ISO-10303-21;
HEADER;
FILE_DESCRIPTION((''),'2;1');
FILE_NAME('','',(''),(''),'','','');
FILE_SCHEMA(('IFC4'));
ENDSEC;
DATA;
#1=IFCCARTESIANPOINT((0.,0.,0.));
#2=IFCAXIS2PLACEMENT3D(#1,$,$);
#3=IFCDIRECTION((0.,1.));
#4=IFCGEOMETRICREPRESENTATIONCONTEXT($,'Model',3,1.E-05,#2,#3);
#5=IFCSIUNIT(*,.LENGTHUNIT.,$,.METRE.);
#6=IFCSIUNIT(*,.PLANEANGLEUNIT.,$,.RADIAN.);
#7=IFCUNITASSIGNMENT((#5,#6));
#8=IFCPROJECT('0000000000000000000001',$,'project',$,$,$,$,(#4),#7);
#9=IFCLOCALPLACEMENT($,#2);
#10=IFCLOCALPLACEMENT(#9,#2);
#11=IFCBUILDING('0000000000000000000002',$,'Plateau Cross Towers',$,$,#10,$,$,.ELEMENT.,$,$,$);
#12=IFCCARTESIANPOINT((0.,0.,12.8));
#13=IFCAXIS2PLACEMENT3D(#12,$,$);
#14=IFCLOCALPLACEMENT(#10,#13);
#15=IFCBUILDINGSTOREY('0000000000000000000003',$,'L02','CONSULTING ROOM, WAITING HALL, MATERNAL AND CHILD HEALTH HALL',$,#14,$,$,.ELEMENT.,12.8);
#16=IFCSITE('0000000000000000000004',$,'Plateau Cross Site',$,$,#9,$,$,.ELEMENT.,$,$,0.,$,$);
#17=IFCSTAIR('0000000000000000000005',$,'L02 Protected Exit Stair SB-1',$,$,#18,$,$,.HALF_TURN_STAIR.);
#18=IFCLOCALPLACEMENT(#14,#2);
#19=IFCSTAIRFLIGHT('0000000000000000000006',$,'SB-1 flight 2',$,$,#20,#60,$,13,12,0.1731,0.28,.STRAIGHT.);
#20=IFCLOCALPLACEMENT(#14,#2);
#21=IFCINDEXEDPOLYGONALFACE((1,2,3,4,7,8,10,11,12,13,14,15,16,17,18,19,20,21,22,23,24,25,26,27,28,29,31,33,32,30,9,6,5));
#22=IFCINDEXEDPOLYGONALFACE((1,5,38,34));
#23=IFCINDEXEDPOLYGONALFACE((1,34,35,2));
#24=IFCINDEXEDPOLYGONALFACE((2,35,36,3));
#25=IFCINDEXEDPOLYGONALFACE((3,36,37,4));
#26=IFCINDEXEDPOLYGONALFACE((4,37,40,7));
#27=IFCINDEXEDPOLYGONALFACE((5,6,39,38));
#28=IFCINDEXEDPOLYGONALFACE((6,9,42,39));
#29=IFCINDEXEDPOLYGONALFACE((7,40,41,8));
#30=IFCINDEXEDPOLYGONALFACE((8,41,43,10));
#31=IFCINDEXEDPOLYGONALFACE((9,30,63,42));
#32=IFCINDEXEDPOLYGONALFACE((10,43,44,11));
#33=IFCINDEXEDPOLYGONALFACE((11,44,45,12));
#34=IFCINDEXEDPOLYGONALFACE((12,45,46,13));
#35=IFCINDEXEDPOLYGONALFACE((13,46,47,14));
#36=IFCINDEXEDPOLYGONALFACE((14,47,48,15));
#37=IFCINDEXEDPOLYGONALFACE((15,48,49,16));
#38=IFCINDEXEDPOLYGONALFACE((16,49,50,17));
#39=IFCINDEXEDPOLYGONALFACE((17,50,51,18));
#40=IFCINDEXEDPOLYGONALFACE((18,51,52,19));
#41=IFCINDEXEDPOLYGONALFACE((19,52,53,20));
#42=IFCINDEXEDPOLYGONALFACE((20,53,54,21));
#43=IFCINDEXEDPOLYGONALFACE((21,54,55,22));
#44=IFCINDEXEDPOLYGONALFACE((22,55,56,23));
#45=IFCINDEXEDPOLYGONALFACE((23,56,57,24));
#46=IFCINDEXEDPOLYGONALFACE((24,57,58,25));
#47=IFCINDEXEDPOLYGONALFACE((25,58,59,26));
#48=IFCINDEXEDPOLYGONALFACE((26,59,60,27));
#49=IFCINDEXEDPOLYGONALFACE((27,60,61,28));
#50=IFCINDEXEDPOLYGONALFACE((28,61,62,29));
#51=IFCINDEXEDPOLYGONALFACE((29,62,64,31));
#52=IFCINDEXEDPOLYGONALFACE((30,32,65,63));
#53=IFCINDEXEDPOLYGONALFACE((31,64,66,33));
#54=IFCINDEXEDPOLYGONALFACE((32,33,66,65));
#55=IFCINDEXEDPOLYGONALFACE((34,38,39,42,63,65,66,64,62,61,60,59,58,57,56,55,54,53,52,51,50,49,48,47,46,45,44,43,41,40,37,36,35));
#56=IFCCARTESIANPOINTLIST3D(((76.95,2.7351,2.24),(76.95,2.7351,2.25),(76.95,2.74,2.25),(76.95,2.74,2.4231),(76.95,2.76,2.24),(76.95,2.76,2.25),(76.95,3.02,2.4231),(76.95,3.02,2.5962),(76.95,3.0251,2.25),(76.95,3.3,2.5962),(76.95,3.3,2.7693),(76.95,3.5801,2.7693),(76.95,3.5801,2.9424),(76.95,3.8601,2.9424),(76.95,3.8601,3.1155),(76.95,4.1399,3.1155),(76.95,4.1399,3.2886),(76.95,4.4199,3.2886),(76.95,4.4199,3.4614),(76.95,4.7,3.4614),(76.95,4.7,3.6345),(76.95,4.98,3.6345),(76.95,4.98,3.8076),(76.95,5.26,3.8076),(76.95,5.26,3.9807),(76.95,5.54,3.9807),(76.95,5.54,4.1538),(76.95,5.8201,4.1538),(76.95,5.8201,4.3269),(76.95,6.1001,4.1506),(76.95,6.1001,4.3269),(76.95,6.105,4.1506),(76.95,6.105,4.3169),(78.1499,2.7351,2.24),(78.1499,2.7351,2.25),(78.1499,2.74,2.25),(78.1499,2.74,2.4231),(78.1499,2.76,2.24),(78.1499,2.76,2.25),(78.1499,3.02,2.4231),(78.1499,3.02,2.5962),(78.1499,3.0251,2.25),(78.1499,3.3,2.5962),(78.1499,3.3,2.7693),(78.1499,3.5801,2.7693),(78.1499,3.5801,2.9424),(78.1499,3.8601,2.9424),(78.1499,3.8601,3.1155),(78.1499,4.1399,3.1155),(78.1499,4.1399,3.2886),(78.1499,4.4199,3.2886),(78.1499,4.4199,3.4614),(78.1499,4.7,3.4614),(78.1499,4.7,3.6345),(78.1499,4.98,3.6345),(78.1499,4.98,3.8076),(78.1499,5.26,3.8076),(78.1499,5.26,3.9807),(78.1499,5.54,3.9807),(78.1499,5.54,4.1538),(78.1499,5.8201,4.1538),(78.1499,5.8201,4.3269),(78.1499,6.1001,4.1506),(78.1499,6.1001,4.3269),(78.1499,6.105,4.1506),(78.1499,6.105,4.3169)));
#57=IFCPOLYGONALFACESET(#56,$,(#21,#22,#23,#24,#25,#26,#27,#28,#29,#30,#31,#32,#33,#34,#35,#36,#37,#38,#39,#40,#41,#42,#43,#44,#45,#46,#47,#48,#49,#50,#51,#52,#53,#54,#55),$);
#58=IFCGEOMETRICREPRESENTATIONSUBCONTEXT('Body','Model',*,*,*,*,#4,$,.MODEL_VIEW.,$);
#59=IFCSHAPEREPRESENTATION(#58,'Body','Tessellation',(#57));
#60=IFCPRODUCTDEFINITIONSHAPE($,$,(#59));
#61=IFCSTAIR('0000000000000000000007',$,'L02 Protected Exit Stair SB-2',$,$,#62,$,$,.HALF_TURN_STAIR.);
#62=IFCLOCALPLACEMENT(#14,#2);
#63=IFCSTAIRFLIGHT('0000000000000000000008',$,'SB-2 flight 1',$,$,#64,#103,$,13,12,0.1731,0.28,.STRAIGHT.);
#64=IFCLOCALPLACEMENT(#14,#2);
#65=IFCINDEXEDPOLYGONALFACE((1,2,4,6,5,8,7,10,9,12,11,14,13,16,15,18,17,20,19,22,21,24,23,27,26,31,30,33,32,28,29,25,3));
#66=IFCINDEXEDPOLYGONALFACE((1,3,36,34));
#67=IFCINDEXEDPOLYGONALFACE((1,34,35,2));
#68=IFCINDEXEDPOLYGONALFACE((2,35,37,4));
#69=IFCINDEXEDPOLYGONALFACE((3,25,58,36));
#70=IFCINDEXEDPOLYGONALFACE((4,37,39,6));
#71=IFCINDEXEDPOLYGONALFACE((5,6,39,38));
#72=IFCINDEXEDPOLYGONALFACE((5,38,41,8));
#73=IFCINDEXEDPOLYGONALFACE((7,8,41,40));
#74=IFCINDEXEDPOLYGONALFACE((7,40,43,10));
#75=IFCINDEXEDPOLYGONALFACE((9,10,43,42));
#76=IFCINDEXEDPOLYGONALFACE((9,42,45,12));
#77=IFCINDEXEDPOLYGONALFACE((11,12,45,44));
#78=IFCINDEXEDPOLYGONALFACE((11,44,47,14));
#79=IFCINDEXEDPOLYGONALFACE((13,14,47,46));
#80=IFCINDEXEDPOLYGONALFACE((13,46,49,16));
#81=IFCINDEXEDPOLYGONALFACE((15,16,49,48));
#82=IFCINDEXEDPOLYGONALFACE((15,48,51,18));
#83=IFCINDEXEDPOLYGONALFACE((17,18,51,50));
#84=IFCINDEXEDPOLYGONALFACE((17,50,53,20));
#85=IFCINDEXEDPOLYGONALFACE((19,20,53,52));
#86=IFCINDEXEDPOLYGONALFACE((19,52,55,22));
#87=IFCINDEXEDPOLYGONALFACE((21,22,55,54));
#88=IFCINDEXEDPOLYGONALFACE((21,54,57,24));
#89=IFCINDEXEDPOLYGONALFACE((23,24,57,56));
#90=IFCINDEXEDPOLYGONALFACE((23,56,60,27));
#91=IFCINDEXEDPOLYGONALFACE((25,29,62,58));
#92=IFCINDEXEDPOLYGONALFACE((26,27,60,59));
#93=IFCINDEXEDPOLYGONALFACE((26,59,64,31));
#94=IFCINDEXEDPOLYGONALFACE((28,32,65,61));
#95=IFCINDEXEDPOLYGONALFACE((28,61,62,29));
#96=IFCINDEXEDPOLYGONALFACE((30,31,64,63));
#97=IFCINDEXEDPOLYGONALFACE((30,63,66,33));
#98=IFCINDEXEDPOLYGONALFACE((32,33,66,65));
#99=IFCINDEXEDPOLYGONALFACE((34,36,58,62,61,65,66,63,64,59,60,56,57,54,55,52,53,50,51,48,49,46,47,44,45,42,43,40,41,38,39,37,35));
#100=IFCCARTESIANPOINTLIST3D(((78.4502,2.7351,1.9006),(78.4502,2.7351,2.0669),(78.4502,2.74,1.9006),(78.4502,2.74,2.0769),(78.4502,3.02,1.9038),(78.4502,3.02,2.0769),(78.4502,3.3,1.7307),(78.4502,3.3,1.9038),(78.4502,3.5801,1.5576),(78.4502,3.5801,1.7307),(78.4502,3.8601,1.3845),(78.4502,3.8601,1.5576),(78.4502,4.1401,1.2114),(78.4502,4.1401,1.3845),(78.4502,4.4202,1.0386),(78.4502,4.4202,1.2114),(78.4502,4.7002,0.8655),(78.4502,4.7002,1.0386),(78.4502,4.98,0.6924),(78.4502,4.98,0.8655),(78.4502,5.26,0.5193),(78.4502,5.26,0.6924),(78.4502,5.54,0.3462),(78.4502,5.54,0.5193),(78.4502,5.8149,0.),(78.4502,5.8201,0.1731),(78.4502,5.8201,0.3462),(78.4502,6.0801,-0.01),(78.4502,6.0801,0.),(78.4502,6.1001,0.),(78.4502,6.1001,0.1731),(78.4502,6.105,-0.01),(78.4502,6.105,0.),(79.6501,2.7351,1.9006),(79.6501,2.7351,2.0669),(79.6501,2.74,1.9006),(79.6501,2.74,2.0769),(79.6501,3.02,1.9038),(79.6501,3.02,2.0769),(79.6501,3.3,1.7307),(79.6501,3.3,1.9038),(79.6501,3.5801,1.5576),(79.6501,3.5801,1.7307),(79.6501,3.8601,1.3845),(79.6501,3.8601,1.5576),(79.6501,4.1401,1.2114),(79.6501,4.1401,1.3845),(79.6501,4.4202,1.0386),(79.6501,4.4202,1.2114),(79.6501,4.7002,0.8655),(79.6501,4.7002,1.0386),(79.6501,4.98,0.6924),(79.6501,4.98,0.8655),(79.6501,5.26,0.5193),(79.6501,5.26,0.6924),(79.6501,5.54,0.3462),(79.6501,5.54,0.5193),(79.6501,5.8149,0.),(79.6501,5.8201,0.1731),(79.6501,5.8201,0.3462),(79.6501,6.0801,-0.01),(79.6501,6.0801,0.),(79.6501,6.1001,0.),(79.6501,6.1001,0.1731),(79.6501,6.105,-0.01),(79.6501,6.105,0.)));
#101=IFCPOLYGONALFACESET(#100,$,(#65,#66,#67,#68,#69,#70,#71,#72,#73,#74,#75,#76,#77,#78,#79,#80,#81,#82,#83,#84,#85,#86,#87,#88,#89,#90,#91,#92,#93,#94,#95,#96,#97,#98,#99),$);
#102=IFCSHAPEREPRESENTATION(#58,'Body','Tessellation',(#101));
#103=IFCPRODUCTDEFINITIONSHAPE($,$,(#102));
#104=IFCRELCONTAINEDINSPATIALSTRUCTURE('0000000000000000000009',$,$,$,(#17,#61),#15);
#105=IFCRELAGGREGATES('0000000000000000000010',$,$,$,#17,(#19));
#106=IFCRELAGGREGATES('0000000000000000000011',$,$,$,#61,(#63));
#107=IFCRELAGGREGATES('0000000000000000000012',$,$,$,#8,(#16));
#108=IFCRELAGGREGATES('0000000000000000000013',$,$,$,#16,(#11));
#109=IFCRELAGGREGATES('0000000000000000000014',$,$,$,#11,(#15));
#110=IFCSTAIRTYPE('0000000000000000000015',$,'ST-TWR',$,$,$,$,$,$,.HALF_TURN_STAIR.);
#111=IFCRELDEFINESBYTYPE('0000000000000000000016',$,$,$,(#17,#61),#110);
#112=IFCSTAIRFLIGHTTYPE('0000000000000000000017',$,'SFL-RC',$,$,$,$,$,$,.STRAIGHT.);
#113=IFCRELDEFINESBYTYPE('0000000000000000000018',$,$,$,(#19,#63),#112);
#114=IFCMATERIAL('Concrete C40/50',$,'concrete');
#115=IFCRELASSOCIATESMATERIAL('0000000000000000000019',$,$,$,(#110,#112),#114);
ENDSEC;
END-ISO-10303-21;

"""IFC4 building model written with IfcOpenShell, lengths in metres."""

from ifc_helpers import new_model, si_unit, direction, frame, origin, place, context, subcontext, project, spatial, polyline, outline, extrude, material, type_object, element, aggregate, save


model = new_model("IFC4")

# Units and contexts
model_context = context("Model", 3, precision=1e-05, world=origin(), true_north=direction((0.0, 1.0)))
body_context = subcontext(model_context, "Body", "Model", "MODEL_VIEW")
ifc_project = project(units=[si_unit("LENGTHUNIT", "METRE"), si_unit("PLANEANGLEUNIT", "RADIAN")], contexts=[model_context])

# Site, building, storey
site_placement = place(None, origin())
site = spatial("IfcSite", under=ifc_project, at=site_placement, Name="Plateau Cross Site", CompositionType="ELEMENT", RefElevation=0.0)
building_placement = place(site_placement, origin())
building = spatial("IfcBuilding", under=site, at=building_placement, Name="Plateau Cross Towers", CompositionType="ELEMENT")
storey_placement = place(building_placement, frame((0.0, 0.0, 12.8)))
storey = spatial("IfcBuildingStorey", under=building, at=storey_placement, Name="L02", Description="CONSULTING ROOM, WAITING HALL, MATERNAL AND CHILD HEALTH HALL", CompositionType="ELEMENT", Elevation=12.8)

# Stair, stair flight
ifc_material_1 = material(Name="Concrete C40/50", Category="concrete")
stair_type = type_object("IfcStairType", Name="ST-TWR", PredefinedType="HALF_TURN_STAIR", material=ifc_material_1)
stair_1_placement = place(storey_placement, origin())
stair_1 = element("IfcStair", 1, at=stair_1_placement, inside=storey, type_object=stair_type, Name="L02 Protected Exit Stair SB-1", PredefinedType="HALF_TURN_STAIR")
stair_flight_type = type_object("IfcStairFlightType", Name="SFL-RC", PredefinedType="STRAIGHT", material=ifc_material_1)
stair_flight_1_placement = place(storey_placement, frame((77.55, 2.74, 2.25), z_axis=(0.0, 0.0, 1.0), x_axis=(0.0, 1.0, 0.0)))
stair_flight_1 = element("IfcStairFlight", 2, at=stair_flight_1_placement, type_object=stair_flight_type, Name="SB-1 flight 2", NumberOfRisers=13, NumberOfTreads=12, PredefinedType="STRAIGHT", RiserHeight=0.1731, TreadLength=0.28, context=body_context, shape_type="SweptSolid", body=[
    extrude(outline(polyline([(-0.0049, -0.01), (-0.0049, 0.0), (0.0, 0.0), (0.0, 0.1731), (0.28, 0.1731), (0.28, 0.3462), (0.5601, 0.3462), (0.5601, 0.5193), (0.8401, 0.5193), (0.8401, 0.6924), (1.1201, 0.6924), (1.1201, 0.8655), (1.3999, 0.8655), (1.3999, 1.0386), (1.6799, 1.0386), (1.6799, 1.2114), (1.96, 1.2114), (1.96, 1.3845), (2.24, 1.3845), (2.24, 1.5576), (2.52, 1.5576), (2.52, 1.7307), (2.8, 1.7307), (2.8, 1.9038), (3.0801, 1.9038), (3.0801, 2.0769), (3.3601, 2.0769), (3.365, 2.0669), (3.365, 1.9006), (3.3601, 1.9006), (0.2852, 0.0), (0.02, 0.0), (0.02, -0.01), (-0.0049, -0.01)])), frame((0.0, 0.6001, 0.0), z_axis=(0.0, -1.0, 0.0), x_axis=(1.0, 0.0, 0.0)), (0.0, 0.0, 1.0), 1.2),
])
aggregate(stair_1, [stair_flight_1])

# Stair, stair flight
stair_2_placement = place(storey_placement, origin())
stair_2 = element("IfcStair", 3, at=stair_2_placement, inside=storey, type_object=stair_type, Name="L02 Protected Exit Stair SB-2", PredefinedType="HALF_TURN_STAIR")
stair_flight_2_placement = place(storey_placement, frame((79.05, 6.1001, 0.0), z_axis=(0.0, 0.0, 1.0), x_axis=(0.0, -1.0, 0.0)))
stair_flight_2 = element("IfcStairFlight", 4, at=stair_flight_2_placement, type_object=stair_flight_type, Name="SB-2 flight 1", NumberOfRisers=13, NumberOfTreads=12, PredefinedType="STRAIGHT", RiserHeight=0.1731, TreadLength=0.28, context=body_context, shape_type="SweptSolid", body=[
    extrude(outline(polyline([(-0.0049, -0.01), (-0.0049, 0.0), (0.0, 0.0), (0.0, 0.1731), (0.28, 0.1731), (0.28, 0.3462), (0.5601, 0.3462), (0.5601, 0.5193), (0.8401, 0.5193), (0.8401, 0.6924), (1.1201, 0.6924), (1.1201, 0.8655), (1.3999, 0.8655), (1.3999, 1.0386), (1.6799, 1.0386), (1.6799, 1.2114), (1.96, 1.2114), (1.96, 1.3845), (2.24, 1.3845), (2.24, 1.5576), (2.52, 1.5576), (2.52, 1.7307), (2.8, 1.7307), (2.8, 1.9038), (3.0801, 1.9038), (3.0801, 2.0769), (3.3601, 2.0769), (3.365, 2.0669), (3.365, 1.9006), (3.3601, 1.9006), (0.2852, 0.0), (0.02, 0.0), (0.02, -0.01), (-0.0049, -0.01)])), frame((0.0, 0.6001, 0.0), z_axis=(0.0, -1.0, 0.0), x_axis=(1.0, 0.0, 0.0)), (0.0, 0.0, 1.0), 1.2),
])
aggregate(stair_2, [stair_flight_2])

save(model, "model.ifc")
